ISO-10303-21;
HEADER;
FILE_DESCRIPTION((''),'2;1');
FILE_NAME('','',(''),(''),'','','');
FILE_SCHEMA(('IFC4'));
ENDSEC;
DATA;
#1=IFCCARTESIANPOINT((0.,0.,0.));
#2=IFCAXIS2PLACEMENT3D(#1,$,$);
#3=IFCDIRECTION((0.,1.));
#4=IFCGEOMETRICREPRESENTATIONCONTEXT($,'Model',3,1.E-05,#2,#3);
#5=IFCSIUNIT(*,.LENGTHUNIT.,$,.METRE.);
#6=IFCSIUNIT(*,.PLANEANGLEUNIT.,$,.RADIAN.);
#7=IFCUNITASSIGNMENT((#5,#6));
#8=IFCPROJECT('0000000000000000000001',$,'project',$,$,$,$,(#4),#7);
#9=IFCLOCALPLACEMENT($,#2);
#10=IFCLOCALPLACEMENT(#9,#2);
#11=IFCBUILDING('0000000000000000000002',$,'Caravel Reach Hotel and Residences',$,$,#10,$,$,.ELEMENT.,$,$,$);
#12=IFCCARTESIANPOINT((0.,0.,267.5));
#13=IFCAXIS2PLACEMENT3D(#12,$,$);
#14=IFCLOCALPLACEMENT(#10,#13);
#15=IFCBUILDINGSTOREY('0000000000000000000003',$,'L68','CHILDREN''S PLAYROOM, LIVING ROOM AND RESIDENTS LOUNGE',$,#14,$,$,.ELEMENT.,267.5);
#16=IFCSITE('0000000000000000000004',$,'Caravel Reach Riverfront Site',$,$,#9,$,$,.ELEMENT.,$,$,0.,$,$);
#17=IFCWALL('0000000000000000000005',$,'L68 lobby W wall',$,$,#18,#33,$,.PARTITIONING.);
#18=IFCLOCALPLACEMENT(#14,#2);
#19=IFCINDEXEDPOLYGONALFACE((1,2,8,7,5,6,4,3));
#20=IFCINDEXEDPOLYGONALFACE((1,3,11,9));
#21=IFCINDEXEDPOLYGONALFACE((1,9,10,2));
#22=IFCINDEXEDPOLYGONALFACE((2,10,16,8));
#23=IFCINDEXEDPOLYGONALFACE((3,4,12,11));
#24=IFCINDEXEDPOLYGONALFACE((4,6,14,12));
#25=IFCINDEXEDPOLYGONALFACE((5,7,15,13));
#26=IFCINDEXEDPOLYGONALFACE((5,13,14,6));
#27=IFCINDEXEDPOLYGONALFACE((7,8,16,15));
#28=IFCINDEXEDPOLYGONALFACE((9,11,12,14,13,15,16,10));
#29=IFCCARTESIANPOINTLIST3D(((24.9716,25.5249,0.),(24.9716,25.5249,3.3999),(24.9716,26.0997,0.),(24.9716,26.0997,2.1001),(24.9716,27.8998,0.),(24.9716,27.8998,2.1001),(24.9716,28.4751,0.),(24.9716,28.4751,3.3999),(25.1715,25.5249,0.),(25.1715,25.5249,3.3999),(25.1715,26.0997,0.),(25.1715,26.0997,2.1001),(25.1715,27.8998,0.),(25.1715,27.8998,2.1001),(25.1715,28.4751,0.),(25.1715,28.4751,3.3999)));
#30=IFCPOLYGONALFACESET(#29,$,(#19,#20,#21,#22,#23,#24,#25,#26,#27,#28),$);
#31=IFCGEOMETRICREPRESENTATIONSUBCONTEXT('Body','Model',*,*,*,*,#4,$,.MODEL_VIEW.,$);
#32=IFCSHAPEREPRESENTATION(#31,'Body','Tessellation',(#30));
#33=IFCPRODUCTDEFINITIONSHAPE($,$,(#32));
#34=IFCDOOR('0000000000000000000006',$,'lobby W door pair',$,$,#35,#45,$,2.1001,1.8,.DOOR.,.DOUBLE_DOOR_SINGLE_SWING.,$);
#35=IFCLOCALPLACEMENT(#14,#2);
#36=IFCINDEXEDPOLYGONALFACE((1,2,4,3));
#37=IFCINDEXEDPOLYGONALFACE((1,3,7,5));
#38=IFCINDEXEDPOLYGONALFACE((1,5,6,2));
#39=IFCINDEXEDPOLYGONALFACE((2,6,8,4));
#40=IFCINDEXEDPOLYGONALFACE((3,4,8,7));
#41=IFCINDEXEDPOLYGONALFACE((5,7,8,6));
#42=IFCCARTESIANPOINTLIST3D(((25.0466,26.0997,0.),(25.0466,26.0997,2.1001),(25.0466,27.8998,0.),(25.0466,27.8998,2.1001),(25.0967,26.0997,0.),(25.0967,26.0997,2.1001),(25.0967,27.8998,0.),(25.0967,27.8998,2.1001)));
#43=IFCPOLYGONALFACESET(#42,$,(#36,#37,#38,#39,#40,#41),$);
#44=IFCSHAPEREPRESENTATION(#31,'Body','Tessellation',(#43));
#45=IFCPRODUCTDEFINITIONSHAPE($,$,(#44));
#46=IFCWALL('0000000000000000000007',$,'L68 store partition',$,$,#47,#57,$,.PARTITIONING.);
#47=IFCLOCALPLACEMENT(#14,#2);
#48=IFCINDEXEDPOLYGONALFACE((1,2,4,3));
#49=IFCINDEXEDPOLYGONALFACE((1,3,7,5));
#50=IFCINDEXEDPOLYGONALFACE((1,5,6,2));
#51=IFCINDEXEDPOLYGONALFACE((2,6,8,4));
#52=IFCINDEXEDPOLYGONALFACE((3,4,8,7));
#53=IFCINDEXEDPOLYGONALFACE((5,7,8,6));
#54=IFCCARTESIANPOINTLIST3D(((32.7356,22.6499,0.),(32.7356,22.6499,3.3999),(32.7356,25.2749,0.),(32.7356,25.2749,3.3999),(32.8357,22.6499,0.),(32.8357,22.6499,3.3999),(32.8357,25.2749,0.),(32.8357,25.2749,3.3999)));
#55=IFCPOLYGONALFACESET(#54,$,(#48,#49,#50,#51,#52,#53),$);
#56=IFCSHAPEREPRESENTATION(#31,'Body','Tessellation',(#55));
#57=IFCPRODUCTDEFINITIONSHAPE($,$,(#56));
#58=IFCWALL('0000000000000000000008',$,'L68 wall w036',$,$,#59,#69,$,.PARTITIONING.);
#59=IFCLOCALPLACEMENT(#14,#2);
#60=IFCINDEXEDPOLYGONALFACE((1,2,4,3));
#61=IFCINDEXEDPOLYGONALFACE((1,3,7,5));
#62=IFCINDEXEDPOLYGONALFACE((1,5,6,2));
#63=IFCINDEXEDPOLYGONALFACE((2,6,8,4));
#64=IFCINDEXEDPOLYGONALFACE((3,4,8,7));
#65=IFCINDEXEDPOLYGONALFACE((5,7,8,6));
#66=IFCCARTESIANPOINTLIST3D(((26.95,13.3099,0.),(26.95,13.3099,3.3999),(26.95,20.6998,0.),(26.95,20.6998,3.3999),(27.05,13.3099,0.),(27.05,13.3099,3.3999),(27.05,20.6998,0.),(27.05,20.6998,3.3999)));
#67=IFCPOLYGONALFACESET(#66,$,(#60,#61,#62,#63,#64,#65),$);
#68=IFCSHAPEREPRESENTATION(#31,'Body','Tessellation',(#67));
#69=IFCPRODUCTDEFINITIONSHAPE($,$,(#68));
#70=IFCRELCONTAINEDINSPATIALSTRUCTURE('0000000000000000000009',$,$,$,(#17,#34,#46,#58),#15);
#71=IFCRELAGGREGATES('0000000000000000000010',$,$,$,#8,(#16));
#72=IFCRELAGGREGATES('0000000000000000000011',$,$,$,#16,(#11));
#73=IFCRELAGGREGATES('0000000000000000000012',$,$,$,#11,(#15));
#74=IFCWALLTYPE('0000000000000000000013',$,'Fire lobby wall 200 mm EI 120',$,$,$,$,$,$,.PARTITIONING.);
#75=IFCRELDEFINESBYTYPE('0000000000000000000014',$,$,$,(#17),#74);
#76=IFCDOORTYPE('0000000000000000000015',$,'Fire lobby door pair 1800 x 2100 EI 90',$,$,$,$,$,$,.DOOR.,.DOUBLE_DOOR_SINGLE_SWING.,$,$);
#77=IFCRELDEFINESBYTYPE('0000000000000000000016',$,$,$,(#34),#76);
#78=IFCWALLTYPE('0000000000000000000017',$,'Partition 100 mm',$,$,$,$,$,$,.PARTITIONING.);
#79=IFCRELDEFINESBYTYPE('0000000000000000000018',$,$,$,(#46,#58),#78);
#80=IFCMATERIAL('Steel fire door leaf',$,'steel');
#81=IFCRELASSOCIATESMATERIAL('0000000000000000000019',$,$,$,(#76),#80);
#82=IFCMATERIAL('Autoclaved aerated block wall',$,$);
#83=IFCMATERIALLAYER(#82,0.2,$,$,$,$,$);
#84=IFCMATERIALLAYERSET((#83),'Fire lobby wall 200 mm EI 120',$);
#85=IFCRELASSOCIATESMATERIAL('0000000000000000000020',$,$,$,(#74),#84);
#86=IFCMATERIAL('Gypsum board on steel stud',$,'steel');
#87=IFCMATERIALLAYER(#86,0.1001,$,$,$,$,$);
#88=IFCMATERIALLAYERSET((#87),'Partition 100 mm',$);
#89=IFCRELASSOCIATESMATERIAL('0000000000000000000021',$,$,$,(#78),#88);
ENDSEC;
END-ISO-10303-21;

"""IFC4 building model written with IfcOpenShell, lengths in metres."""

from ifc_helpers import new_model, si_unit, direction, frame, frame_2d, origin, place, context, subcontext, project, spatial, rectangle, extrude, material, layer, layer_set, type_object, element, fill, save


model = new_model("IFC4")

# Units and contexts
model_context = context("Model", 3, precision=1e-05, world=origin(), true_north=direction((0.0, 1.0)))
body_context = subcontext(model_context, "Body", "Model", "MODEL_VIEW")
ifc_project = project(units=[si_unit("LENGTHUNIT", "METRE"), si_unit("PLANEANGLEUNIT", "RADIAN")], contexts=[model_context])

# Site, building, storey
site_placement = place(None, origin())
site = spatial("IfcSite", under=ifc_project, at=site_placement, Name="Caravel Reach Riverfront Site", CompositionType="ELEMENT", RefElevation=0.0)
building_placement = place(site_placement, origin())
building = spatial("IfcBuilding", under=site, at=building_placement, Name="Caravel Reach Hotel and Residences", CompositionType="ELEMENT")
storey_placement = place(building_placement, frame((0.0, 0.0, 267.5)))
storey = spatial("IfcBuildingStorey", under=building, at=storey_placement, Name="L68", Description="CHILDREN'S PLAYROOM, LIVING ROOM AND RESIDENTS LOUNGE", CompositionType="ELEMENT", Elevation=267.5)

# Shared definitions
ifc_material_1 = material(Name="Steel fire door leaf", Category="steel")
door_type_1 = type_object("IfcDoorType", Name="Fire lobby door pair 1800 x 2100 EI 90", OperationType="DOUBLE_DOOR_SINGLE_SWING", PredefinedType="DOOR", material=ifc_material_1)

# Wall, opening, door
ifc_material_2 = material(Name="Autoclaved aerated block wall")
ifc_layer_1 = layer(ifc_material_2, 0.2)
ifc_layer_set_1 = layer_set([ifc_layer_1], Name="Fire lobby wall 200 mm EI 120")
wall_type_1 = type_object("IfcWallType", Name="Fire lobby wall 200 mm EI 120", PredefinedType="PARTITIONING", material=ifc_layer_set_1)
wall_1_placement = place(storey_placement, frame((25.0715, 25.5249, 0.0), z_axis=(0.0, 0.0, 1.0), x_axis=(0.0, 1.0, 0.0)))
wall_1 = element("IfcWall", 1, at=wall_1_placement, inside=storey, type_object=wall_type_1, Name="L68 lobby W wall", PredefinedType="PARTITIONING", context=body_context, shape_type="SweptSolid", body=[
    extrude(rectangle(XDim=2.9502, YDim=0.2, at=frame_2d((1.4751, 0.0))), origin(), (0.0, 0.0, 1.0), 3.3999),
])
opening_1_placement = place(wall_1_placement, frame((0.575, 0.0, 0.0)))
opening_1 = element("IfcOpeningElement", 2, at=opening_1_placement, cuts=wall_1, PredefinedType="OPENING", context=body_context, shape_type="SweptSolid", body=[
    extrude(rectangle(XDim=1.8, YDim=2.1001, at=frame_2d((0.8999, 1.05))), frame((0.0, 0.1099, 0.0), z_axis=(0.0, -1.0, 0.0), x_axis=(1.0, 0.0, 0.0)), (0.0, 0.0, 1.0), 0.22),
])
door_1_placement = place(opening_1_placement, origin())
door_1 = element("IfcDoor", 3, at=door_1_placement, inside=storey, type_object=door_type_1, Name="lobby W door pair", OperationType="DOUBLE_DOOR_SINGLE_SWING", OverallHeight=2.1001, OverallWidth=1.8, PredefinedType="DOOR", context=body_context, shape_type="SweptSolid", body=[
    extrude(rectangle(XDim=1.8, YDim=2.1001, at=frame_2d((0.8999, 1.05))), frame((0.0, 0.0249, 0.0), z_axis=(0.0, -1.0, 0.0), x_axis=(1.0, 0.0, 0.0)), (0.0, 0.0, 1.0), 0.05),
])
fill(opening_1, door_1)

# Walls
ifc_material_3 = material(Name="Gypsum board on steel stud", Category="steel")
ifc_layer_2 = layer(ifc_material_3, 0.1001)
ifc_layer_set_2 = layer_set([ifc_layer_2], Name="Partition 100 mm")
wall_type_2 = type_object("IfcWallType", Name="Partition 100 mm", PredefinedType="PARTITIONING", material=ifc_layer_set_2)
wall_2_placement = place(storey_placement, frame((32.7856, 22.6499, 0.0), z_axis=(0.0, 0.0, 1.0), x_axis=(0.0, 1.0, 0.0)))
element("IfcWall", 4, at=wall_2_placement, inside=storey, type_object=wall_type_2, Name="L68 store partition", PredefinedType="PARTITIONING", context=body_context, shape_type="SweptSolid", body=[
    extrude(rectangle(XDim=2.625, YDim=0.1001, at=frame_2d((1.3125, 0.0))), origin(), (0.0, 0.0, 1.0), 3.3999),
])
wall_3_placement = place(storey_placement, frame((27.0, 13.3101, 0.0), z_axis=(0.0, 0.0, 1.0), x_axis=(0.0, 1.0, 0.0)))
element("IfcWall", 5, at=wall_3_placement, inside=storey, type_object=wall_type_2, Name="L68 wall w036", PredefinedType="PARTITIONING", context=body_context, shape_type="SweptSolid", body=[
    extrude(rectangle(XDim=7.3899, YDim=0.1001, at=frame_2d((3.6948, 0.0))), origin(), (0.0, 0.0, 1.0), 3.3999),
])

save(model, "model.ifc")
